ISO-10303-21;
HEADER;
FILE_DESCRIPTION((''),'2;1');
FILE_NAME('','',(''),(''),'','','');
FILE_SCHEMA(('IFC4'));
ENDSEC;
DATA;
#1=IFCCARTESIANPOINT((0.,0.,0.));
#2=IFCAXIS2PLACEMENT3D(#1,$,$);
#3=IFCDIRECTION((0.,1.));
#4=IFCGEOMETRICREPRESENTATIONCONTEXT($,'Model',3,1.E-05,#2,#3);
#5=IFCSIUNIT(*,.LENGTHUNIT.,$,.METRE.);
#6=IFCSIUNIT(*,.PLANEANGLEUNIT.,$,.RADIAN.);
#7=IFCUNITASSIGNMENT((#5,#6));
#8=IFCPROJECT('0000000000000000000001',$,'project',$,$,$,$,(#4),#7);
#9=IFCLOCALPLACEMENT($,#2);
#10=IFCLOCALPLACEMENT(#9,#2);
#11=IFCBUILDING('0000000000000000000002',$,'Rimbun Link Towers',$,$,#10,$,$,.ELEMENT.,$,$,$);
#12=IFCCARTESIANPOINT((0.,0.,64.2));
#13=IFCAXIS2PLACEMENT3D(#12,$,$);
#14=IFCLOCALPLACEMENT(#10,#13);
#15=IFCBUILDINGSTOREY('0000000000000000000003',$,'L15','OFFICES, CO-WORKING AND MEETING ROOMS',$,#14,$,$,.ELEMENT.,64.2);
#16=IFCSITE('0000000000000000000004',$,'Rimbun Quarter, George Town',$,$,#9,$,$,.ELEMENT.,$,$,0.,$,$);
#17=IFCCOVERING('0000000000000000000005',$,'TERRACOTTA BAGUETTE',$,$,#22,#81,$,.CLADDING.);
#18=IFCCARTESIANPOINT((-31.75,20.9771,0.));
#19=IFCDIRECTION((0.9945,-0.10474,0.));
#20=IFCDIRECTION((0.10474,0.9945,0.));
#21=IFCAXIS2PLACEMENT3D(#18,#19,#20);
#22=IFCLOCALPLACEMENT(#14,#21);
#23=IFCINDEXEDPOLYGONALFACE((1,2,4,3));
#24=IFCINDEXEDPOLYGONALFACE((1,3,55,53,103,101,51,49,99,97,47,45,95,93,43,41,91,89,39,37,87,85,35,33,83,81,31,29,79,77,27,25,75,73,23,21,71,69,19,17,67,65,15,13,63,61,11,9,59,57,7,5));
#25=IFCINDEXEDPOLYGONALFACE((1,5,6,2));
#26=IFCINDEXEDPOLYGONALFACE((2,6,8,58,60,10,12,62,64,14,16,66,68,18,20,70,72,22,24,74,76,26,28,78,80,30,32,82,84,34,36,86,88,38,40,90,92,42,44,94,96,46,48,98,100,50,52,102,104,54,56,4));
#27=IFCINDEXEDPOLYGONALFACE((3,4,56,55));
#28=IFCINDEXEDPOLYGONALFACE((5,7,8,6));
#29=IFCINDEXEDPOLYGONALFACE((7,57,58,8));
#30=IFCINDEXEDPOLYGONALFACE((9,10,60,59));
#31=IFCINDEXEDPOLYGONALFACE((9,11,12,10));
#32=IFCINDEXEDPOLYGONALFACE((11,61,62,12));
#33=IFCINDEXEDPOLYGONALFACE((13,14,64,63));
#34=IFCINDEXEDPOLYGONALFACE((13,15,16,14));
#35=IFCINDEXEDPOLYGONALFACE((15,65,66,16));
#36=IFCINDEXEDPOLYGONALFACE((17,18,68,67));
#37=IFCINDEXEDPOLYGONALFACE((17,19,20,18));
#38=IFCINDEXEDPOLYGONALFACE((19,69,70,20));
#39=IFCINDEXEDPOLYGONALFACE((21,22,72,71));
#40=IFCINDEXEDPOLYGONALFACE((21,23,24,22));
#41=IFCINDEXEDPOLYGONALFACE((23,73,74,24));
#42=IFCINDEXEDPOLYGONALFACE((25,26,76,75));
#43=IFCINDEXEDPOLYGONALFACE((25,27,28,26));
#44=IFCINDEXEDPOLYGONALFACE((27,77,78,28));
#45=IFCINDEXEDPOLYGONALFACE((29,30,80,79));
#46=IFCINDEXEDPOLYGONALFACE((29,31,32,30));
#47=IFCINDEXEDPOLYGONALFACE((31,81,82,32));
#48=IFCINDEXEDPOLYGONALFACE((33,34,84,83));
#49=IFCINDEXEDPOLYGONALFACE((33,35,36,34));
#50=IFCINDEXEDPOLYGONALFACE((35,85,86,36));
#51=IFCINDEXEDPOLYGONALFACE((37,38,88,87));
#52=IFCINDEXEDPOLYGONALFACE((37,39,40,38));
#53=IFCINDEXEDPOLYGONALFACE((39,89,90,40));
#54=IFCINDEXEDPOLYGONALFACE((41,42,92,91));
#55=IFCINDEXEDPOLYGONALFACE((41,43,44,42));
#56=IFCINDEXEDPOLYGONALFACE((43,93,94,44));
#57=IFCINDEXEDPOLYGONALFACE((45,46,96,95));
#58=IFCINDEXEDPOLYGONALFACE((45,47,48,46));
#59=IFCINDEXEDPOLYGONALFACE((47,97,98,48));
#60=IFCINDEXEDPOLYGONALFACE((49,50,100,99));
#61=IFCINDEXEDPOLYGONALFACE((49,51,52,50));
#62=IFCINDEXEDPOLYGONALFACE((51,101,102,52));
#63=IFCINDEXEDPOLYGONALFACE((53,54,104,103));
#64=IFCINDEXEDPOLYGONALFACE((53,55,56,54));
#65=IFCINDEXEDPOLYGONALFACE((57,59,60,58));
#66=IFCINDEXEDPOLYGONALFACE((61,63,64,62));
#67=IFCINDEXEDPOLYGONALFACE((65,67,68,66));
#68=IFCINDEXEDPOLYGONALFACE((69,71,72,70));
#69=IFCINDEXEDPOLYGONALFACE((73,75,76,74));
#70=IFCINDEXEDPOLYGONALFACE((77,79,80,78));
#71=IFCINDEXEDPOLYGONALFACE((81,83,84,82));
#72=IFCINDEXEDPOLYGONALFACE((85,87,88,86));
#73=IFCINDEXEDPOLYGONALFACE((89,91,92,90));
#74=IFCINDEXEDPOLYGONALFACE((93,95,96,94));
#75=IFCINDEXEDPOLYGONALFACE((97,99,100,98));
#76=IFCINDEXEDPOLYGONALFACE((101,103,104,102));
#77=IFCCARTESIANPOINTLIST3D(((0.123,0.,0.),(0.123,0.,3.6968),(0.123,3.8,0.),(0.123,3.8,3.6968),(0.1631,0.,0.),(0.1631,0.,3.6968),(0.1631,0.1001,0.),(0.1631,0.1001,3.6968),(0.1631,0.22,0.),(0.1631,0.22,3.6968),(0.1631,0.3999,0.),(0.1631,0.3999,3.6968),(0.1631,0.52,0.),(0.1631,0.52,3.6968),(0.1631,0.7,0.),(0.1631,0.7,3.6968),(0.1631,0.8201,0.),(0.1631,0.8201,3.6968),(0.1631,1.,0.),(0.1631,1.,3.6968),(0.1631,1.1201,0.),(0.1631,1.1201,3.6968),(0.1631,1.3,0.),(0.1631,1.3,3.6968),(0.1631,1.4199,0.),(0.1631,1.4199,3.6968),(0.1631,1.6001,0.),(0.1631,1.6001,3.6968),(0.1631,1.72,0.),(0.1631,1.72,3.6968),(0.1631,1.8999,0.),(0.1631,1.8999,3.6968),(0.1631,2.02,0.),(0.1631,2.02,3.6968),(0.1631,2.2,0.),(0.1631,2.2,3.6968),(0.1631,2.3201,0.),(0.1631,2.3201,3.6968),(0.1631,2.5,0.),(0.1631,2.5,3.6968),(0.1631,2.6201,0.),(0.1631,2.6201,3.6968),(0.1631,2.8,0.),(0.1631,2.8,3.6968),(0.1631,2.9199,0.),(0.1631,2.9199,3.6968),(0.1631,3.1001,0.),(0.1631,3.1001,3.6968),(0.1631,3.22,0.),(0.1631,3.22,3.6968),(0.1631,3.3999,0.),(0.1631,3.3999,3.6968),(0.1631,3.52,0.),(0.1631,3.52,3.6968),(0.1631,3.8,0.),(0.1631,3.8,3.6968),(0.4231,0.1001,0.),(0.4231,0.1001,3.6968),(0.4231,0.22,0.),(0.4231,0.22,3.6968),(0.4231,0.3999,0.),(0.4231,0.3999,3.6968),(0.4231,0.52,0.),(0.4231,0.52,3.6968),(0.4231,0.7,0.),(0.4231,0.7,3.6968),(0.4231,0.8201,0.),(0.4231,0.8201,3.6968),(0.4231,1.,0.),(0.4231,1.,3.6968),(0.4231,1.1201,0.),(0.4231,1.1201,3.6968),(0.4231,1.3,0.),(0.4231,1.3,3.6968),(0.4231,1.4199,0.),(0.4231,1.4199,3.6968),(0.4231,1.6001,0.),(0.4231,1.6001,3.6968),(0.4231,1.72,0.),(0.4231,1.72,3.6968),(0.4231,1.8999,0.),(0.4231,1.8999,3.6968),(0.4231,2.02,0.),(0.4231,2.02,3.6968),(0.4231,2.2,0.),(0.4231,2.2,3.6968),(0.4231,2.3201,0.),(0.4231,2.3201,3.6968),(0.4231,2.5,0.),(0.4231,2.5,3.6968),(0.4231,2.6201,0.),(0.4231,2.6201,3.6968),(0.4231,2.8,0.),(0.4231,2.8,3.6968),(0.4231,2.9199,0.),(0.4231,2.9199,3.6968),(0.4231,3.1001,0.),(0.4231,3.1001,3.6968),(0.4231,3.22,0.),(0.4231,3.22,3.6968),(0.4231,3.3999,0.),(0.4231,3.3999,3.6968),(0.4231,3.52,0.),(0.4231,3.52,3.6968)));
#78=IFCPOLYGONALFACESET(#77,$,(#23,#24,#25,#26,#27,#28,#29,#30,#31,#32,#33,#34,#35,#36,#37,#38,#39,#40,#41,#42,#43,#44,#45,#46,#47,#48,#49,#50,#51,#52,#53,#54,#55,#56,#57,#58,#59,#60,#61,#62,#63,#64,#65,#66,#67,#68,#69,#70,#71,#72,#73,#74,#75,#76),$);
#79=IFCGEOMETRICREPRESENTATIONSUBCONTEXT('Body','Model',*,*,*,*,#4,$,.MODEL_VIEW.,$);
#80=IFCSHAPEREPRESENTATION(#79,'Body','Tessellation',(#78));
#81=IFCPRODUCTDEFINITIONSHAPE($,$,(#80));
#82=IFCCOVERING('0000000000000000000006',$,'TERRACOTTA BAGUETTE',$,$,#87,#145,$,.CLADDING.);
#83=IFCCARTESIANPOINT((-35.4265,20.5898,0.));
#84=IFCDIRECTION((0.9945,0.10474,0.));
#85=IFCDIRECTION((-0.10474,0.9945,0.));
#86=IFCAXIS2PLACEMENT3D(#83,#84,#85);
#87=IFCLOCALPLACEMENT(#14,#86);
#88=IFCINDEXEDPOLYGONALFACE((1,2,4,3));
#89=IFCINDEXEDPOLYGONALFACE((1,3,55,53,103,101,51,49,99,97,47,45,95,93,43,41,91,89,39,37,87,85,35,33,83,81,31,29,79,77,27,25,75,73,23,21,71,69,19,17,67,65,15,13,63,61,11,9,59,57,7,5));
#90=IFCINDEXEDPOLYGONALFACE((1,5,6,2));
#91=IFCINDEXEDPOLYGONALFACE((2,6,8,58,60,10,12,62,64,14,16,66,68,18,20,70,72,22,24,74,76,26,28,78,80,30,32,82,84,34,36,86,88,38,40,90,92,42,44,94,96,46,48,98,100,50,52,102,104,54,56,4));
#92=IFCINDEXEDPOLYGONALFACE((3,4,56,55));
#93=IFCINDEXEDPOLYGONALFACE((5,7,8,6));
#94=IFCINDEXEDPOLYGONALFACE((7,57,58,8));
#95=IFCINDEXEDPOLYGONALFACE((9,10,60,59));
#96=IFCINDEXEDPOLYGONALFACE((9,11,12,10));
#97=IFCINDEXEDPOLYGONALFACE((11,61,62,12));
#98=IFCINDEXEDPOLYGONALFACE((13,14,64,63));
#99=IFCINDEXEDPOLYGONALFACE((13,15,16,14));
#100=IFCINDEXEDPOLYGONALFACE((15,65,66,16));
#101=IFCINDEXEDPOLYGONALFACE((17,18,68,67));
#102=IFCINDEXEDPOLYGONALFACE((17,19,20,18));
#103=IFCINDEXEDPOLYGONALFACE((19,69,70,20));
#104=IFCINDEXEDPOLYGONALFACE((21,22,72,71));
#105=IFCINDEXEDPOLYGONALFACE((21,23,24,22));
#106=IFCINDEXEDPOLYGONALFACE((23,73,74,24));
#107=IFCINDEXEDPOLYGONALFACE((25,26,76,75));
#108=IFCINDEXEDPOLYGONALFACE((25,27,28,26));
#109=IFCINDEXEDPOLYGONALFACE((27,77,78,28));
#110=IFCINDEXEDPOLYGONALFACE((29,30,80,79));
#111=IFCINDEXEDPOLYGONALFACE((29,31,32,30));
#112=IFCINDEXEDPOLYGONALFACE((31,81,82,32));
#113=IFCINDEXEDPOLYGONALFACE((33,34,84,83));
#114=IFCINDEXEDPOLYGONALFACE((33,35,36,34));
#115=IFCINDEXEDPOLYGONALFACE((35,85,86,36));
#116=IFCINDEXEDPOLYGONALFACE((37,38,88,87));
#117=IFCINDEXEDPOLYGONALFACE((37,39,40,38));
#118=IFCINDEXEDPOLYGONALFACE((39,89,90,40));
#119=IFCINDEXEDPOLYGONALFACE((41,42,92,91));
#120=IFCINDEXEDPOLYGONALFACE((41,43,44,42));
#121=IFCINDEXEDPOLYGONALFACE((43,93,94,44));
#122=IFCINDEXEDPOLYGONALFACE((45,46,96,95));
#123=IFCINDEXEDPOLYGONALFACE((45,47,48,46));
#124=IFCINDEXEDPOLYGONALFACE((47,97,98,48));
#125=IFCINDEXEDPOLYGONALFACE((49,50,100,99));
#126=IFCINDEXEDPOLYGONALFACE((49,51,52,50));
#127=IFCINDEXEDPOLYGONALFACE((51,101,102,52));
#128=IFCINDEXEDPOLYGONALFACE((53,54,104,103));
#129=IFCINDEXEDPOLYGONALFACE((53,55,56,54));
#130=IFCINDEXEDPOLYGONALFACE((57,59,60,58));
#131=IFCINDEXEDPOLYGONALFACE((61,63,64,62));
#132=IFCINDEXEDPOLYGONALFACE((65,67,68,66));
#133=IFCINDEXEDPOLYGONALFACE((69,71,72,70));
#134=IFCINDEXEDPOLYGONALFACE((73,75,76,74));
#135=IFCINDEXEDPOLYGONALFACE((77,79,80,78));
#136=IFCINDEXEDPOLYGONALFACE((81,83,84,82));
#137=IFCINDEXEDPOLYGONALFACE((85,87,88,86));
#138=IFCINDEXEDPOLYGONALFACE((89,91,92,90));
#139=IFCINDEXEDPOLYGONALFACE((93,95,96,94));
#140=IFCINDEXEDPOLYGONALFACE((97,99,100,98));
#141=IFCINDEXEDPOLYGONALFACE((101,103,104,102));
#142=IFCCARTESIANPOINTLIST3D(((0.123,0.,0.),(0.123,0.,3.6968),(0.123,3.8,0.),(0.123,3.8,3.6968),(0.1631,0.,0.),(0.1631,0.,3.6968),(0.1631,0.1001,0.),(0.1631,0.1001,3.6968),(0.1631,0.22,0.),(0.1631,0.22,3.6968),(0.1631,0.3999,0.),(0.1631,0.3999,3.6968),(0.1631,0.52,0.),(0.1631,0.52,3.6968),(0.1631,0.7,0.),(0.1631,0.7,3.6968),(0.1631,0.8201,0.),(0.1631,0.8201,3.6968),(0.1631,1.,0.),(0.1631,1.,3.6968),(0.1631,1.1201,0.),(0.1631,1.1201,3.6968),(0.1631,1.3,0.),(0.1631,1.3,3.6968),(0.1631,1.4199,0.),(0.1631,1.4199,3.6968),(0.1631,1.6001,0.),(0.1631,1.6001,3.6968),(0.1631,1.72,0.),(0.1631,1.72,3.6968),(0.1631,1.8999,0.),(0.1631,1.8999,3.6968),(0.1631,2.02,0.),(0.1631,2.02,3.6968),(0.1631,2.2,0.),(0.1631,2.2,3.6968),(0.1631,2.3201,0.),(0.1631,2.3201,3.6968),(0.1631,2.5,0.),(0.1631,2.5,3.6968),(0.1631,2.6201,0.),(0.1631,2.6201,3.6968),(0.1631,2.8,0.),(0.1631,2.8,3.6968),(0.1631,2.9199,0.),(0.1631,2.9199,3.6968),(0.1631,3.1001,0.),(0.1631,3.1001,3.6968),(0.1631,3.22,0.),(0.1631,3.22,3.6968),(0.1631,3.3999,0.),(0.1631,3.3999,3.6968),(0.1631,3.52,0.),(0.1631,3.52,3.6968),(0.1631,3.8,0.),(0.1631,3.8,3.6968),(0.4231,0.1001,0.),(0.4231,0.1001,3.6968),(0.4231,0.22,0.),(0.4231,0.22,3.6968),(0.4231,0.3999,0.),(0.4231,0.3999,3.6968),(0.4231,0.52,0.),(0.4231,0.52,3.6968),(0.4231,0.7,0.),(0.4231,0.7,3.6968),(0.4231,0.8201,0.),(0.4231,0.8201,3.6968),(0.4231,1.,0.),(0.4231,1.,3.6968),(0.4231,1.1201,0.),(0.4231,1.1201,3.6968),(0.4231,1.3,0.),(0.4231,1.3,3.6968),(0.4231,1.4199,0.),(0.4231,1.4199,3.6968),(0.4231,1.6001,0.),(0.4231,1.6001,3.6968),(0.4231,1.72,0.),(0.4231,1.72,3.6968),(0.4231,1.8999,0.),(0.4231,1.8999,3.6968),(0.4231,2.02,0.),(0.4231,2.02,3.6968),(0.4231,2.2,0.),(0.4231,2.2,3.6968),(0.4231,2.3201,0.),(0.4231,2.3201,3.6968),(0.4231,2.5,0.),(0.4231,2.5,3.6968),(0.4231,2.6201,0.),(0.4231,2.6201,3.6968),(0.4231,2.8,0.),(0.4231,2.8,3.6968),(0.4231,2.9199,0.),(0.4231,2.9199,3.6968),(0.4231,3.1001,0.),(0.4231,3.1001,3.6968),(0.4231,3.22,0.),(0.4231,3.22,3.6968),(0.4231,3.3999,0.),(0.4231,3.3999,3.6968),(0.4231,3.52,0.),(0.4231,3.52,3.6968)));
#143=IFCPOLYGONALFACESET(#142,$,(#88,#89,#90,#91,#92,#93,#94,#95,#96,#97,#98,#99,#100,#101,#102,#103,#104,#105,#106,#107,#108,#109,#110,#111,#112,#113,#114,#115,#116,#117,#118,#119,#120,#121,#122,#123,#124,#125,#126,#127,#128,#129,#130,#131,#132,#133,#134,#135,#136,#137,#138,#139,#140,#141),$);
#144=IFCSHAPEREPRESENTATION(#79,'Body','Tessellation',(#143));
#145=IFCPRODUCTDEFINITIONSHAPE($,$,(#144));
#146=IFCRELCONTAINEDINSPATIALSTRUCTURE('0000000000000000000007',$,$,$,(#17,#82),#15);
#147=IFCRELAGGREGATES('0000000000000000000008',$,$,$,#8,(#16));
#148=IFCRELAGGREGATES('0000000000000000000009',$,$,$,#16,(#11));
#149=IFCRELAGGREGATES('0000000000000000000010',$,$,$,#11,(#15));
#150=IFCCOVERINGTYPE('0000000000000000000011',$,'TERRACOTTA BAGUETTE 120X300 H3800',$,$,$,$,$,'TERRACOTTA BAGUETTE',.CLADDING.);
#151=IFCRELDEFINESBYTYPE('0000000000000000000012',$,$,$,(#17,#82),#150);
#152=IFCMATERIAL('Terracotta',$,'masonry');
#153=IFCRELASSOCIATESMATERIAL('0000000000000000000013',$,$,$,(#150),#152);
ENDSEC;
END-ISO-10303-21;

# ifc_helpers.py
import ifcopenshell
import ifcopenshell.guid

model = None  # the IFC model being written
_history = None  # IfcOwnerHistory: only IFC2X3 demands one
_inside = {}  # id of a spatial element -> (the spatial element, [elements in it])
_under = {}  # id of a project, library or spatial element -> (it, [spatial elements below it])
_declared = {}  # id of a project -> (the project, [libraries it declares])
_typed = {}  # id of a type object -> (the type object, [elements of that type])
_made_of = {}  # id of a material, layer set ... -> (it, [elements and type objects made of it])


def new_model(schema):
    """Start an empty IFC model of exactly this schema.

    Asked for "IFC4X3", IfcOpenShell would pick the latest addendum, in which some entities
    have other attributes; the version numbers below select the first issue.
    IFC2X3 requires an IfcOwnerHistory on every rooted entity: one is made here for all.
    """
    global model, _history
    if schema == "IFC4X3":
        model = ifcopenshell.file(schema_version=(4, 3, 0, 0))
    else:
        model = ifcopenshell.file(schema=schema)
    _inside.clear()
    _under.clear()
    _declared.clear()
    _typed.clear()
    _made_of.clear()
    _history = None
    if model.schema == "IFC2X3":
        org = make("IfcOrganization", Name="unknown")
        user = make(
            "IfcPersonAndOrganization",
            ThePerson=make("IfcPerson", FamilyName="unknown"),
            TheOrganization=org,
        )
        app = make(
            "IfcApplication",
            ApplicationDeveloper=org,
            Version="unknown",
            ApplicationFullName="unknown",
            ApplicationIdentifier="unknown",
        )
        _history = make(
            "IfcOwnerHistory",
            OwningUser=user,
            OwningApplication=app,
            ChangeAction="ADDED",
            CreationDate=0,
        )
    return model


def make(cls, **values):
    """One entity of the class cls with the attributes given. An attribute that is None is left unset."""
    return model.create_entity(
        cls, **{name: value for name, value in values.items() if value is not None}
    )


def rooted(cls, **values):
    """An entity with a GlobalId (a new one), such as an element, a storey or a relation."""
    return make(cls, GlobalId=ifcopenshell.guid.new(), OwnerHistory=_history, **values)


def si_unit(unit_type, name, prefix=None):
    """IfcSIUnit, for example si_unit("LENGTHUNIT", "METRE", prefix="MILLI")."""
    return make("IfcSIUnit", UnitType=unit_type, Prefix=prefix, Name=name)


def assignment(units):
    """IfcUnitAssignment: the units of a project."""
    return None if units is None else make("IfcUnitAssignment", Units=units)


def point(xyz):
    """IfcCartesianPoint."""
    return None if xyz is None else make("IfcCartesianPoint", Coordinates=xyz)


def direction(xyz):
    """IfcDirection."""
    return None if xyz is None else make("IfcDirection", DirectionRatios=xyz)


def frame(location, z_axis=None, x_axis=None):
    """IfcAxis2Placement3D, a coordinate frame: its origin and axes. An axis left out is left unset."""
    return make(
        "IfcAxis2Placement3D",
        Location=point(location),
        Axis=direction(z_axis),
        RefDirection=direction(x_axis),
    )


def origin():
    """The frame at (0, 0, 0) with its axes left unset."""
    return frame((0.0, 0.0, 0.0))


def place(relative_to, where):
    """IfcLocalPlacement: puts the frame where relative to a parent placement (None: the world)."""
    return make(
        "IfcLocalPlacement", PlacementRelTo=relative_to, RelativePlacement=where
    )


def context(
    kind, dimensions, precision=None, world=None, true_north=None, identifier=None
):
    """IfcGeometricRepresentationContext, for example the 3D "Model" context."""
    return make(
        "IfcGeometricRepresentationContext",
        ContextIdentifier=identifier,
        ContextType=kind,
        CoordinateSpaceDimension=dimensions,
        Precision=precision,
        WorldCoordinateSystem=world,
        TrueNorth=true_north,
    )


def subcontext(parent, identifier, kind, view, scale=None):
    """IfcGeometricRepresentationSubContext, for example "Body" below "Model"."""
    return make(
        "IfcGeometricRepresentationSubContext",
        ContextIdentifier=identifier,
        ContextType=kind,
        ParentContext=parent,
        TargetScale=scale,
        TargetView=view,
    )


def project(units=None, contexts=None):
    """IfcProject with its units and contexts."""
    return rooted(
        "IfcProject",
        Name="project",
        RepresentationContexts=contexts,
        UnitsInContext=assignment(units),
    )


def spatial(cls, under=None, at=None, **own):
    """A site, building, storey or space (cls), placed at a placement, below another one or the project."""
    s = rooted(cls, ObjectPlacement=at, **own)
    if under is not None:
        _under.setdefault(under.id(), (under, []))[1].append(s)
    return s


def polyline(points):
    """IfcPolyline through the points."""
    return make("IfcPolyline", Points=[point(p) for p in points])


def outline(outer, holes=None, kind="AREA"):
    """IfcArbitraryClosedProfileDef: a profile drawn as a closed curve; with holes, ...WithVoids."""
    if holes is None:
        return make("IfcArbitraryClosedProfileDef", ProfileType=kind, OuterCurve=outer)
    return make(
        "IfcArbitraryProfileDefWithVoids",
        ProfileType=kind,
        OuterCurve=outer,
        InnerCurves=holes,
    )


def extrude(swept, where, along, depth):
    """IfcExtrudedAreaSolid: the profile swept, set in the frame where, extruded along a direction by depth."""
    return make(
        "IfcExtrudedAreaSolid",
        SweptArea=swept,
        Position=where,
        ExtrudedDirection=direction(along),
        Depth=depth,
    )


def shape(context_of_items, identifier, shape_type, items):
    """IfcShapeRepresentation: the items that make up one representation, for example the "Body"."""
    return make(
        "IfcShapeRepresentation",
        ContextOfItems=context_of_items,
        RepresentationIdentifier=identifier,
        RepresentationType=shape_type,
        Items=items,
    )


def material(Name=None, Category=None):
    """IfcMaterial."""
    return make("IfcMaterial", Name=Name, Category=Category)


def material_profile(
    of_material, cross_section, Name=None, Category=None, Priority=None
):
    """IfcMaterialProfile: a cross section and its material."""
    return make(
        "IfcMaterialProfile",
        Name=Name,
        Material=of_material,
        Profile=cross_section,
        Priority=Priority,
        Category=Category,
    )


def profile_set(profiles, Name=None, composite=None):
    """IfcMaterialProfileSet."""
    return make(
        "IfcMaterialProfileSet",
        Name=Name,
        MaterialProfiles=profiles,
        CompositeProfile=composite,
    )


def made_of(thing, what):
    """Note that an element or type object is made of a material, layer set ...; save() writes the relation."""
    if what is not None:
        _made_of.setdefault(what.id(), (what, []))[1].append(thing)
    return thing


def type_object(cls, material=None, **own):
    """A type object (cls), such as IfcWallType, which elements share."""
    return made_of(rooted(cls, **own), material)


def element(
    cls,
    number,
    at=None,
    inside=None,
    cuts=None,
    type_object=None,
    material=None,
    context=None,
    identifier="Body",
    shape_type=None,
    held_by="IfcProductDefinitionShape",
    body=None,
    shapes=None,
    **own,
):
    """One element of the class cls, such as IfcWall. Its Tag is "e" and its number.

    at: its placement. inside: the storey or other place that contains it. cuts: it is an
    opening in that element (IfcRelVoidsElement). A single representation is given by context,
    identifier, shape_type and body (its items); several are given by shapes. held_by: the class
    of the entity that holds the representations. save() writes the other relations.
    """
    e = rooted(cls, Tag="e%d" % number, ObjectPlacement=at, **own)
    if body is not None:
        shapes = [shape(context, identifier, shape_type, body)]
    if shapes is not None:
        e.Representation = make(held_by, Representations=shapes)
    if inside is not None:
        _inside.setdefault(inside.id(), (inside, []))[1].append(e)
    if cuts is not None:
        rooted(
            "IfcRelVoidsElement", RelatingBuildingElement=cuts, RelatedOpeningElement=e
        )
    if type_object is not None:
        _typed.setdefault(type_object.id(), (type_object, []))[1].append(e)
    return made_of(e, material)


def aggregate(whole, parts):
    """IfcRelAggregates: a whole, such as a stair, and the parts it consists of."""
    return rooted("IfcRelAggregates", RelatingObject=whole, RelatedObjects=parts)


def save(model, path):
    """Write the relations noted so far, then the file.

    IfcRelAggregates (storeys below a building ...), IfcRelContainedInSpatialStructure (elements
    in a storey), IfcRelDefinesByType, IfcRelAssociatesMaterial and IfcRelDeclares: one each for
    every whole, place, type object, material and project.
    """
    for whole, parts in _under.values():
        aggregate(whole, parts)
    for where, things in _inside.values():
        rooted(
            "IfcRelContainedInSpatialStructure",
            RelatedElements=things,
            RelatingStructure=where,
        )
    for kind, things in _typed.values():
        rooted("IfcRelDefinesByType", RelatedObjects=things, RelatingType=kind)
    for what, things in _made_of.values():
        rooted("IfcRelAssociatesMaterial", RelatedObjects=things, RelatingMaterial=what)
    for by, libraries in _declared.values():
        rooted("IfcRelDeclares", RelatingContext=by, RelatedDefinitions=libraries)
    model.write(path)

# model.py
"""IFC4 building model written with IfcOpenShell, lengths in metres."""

from ifc_helpers import new_model, si_unit, direction, frame, origin, place, context, subcontext, project, spatial, polyline, outline, extrude, material, material_profile, profile_set, type_object, element, save


model = new_model("IFC4")

# Units and contexts
model_context = context("Model", 3, precision=1e-05, world=origin(), true_north=direction((0.0, 1.0)))
body_context = subcontext(model_context, "Body", "Model", "MODEL_VIEW")
ifc_project = project(units=[si_unit("LENGTHUNIT", "METRE"), si_unit("PLANEANGLEUNIT", "RADIAN")], contexts=[model_context])

# Site, building, storey
site_placement = place(None, origin())
site = spatial("IfcSite", under=ifc_project, at=site_placement, Name="Rimbun Quarter, George Town", CompositionType="ELEMENT", RefElevation=0.0)
building_placement = place(site_placement, origin())
building = spatial("IfcBuilding", under=site, at=building_placement, Name="Rimbun Link Towers", CompositionType="ELEMENT")
storey_placement = place(building_placement, frame((0.0, 0.0, 64.2)))
storey = spatial("IfcBuildingStorey", under=building, at=storey_placement, Name="L15", Description="OFFICES, CO-WORKING AND MEETING ROOMS", CompositionType="ELEMENT", Elevation=64.2)

# Coverings
ifc_material_1 = material(Name="Terracotta", Category="masonry")
ifc_material_profile_1 = material_profile(ifc_material_1, outline(polyline([(0.123, 0.0), (0.1631, 0.0), (0.1631, 0.1001), (0.4231, 0.1001), (0.4231, 0.22), (0.1631, 0.22), (0.1631, 0.3999), (0.4231, 0.3999), (0.4231, 0.52), (0.1631, 0.52), (0.1631, 0.7), (0.4231, 0.7), (0.4231, 0.8201), (0.1631, 0.8201), (0.1631, 1.0), (0.4231, 1.0), (0.4231, 1.1201), (0.1631, 1.1201), (0.1631, 1.3), (0.4231, 1.3), (0.4231, 1.4199), (0.1631, 1.4199), (0.1631, 1.6001), (0.4231, 1.6001), (0.4231, 1.72), (0.1631, 1.72), (0.1631, 1.8999), (0.4231, 1.8999), (0.4231, 2.02), (0.1631, 2.02), (0.1631, 2.2), (0.4231, 2.2), (0.4231, 2.3201), (0.1631, 2.3201), (0.1631, 2.5), (0.4231, 2.5), (0.4231, 2.6201), (0.1631, 2.6201), (0.1631, 2.8), (0.4231, 2.8), (0.4231, 2.9199), (0.1631, 2.9199), (0.1631, 3.1001), (0.4231, 3.1001), (0.4231, 3.22), (0.1631, 3.22), (0.1631, 3.3999), (0.4231, 3.3999), (0.4231, 3.52), (0.1631, 3.52), (0.1631, 3.8), (0.123, 3.8), (0.123, 0.0)])), Name="BAGUETTE 120X300")
ifc_profile_set_1 = profile_set([ifc_material_profile_1], Name="Terracotta")
covering_type = type_object("IfcCoveringType", Name="TERRACOTTA BAGUETTE 120X300 H3800", ElementType="TERRACOTTA BAGUETTE", PredefinedType="CLADDING", material=ifc_profile_set_1)
for number, where, z_axis, x_axis, name in (
    (1, (-31.75, 20.9771, 0.0), (0.9945, -0.10474, 0.0), (0.10474, 0.9945, 0.0), "TERRACOTTA BAGUETTE"),
    (2, (-35.4265, 20.5898, 0.0), (0.9945, 0.10474, 0.0), (-0.10474, 0.9945, 0.0), "TERRACOTTA BAGUETTE"),
):
    element("IfcCovering", number, at=place(storey_placement, frame(where, z_axis=z_axis, x_axis=x_axis)), inside=storey, type_object=covering_type, Name=name, PredefinedType="CLADDING", context=body_context, shape_type="SweptSolid", body=[
        extrude(outline(polyline([(0.123, 0.0), (0.1631, 0.0), (0.1631, 0.1001), (0.4231, 0.1001), (0.4231, 0.22), (0.1631, 0.22), (0.1631, 0.3999), (0.4231, 0.3999), (0.4231, 0.52), (0.1631, 0.52), (0.1631, 0.7), (0.4231, 0.7), (0.4231, 0.8201), (0.1631, 0.8201), (0.1631, 1.0), (0.4231, 1.0), (0.4231, 1.1201), (0.1631, 1.1201), (0.1631, 1.3), (0.4231, 1.3), (0.4231, 1.4199), (0.1631, 1.4199), (0.1631, 1.6001), (0.4231, 1.6001), (0.4231, 1.72), (0.1631, 1.72), (0.1631, 1.8999), (0.4231, 1.8999), (0.4231, 2.02), (0.1631, 2.02), (0.1631, 2.2), (0.4231, 2.2), (0.4231, 2.3201), (0.1631, 2.3201), (0.1631, 2.5), (0.4231, 2.5), (0.4231, 2.6201), (0.1631, 2.6201), (0.1631, 2.8), (0.4231, 2.8), (0.4231, 2.9199), (0.1631, 2.9199), (0.1631, 3.1001), (0.4231, 3.1001), (0.4231, 3.22), (0.1631, 3.22), (0.1631, 3.3999), (0.4231, 3.3999), (0.4231, 3.52), (0.1631, 3.52), (0.1631, 3.8), (0.123, 3.8), (0.123, 0.0)])), origin(), (0.0, 0.0, 1.0), 3.6968),
    ])

save(model, "model.ifc")
